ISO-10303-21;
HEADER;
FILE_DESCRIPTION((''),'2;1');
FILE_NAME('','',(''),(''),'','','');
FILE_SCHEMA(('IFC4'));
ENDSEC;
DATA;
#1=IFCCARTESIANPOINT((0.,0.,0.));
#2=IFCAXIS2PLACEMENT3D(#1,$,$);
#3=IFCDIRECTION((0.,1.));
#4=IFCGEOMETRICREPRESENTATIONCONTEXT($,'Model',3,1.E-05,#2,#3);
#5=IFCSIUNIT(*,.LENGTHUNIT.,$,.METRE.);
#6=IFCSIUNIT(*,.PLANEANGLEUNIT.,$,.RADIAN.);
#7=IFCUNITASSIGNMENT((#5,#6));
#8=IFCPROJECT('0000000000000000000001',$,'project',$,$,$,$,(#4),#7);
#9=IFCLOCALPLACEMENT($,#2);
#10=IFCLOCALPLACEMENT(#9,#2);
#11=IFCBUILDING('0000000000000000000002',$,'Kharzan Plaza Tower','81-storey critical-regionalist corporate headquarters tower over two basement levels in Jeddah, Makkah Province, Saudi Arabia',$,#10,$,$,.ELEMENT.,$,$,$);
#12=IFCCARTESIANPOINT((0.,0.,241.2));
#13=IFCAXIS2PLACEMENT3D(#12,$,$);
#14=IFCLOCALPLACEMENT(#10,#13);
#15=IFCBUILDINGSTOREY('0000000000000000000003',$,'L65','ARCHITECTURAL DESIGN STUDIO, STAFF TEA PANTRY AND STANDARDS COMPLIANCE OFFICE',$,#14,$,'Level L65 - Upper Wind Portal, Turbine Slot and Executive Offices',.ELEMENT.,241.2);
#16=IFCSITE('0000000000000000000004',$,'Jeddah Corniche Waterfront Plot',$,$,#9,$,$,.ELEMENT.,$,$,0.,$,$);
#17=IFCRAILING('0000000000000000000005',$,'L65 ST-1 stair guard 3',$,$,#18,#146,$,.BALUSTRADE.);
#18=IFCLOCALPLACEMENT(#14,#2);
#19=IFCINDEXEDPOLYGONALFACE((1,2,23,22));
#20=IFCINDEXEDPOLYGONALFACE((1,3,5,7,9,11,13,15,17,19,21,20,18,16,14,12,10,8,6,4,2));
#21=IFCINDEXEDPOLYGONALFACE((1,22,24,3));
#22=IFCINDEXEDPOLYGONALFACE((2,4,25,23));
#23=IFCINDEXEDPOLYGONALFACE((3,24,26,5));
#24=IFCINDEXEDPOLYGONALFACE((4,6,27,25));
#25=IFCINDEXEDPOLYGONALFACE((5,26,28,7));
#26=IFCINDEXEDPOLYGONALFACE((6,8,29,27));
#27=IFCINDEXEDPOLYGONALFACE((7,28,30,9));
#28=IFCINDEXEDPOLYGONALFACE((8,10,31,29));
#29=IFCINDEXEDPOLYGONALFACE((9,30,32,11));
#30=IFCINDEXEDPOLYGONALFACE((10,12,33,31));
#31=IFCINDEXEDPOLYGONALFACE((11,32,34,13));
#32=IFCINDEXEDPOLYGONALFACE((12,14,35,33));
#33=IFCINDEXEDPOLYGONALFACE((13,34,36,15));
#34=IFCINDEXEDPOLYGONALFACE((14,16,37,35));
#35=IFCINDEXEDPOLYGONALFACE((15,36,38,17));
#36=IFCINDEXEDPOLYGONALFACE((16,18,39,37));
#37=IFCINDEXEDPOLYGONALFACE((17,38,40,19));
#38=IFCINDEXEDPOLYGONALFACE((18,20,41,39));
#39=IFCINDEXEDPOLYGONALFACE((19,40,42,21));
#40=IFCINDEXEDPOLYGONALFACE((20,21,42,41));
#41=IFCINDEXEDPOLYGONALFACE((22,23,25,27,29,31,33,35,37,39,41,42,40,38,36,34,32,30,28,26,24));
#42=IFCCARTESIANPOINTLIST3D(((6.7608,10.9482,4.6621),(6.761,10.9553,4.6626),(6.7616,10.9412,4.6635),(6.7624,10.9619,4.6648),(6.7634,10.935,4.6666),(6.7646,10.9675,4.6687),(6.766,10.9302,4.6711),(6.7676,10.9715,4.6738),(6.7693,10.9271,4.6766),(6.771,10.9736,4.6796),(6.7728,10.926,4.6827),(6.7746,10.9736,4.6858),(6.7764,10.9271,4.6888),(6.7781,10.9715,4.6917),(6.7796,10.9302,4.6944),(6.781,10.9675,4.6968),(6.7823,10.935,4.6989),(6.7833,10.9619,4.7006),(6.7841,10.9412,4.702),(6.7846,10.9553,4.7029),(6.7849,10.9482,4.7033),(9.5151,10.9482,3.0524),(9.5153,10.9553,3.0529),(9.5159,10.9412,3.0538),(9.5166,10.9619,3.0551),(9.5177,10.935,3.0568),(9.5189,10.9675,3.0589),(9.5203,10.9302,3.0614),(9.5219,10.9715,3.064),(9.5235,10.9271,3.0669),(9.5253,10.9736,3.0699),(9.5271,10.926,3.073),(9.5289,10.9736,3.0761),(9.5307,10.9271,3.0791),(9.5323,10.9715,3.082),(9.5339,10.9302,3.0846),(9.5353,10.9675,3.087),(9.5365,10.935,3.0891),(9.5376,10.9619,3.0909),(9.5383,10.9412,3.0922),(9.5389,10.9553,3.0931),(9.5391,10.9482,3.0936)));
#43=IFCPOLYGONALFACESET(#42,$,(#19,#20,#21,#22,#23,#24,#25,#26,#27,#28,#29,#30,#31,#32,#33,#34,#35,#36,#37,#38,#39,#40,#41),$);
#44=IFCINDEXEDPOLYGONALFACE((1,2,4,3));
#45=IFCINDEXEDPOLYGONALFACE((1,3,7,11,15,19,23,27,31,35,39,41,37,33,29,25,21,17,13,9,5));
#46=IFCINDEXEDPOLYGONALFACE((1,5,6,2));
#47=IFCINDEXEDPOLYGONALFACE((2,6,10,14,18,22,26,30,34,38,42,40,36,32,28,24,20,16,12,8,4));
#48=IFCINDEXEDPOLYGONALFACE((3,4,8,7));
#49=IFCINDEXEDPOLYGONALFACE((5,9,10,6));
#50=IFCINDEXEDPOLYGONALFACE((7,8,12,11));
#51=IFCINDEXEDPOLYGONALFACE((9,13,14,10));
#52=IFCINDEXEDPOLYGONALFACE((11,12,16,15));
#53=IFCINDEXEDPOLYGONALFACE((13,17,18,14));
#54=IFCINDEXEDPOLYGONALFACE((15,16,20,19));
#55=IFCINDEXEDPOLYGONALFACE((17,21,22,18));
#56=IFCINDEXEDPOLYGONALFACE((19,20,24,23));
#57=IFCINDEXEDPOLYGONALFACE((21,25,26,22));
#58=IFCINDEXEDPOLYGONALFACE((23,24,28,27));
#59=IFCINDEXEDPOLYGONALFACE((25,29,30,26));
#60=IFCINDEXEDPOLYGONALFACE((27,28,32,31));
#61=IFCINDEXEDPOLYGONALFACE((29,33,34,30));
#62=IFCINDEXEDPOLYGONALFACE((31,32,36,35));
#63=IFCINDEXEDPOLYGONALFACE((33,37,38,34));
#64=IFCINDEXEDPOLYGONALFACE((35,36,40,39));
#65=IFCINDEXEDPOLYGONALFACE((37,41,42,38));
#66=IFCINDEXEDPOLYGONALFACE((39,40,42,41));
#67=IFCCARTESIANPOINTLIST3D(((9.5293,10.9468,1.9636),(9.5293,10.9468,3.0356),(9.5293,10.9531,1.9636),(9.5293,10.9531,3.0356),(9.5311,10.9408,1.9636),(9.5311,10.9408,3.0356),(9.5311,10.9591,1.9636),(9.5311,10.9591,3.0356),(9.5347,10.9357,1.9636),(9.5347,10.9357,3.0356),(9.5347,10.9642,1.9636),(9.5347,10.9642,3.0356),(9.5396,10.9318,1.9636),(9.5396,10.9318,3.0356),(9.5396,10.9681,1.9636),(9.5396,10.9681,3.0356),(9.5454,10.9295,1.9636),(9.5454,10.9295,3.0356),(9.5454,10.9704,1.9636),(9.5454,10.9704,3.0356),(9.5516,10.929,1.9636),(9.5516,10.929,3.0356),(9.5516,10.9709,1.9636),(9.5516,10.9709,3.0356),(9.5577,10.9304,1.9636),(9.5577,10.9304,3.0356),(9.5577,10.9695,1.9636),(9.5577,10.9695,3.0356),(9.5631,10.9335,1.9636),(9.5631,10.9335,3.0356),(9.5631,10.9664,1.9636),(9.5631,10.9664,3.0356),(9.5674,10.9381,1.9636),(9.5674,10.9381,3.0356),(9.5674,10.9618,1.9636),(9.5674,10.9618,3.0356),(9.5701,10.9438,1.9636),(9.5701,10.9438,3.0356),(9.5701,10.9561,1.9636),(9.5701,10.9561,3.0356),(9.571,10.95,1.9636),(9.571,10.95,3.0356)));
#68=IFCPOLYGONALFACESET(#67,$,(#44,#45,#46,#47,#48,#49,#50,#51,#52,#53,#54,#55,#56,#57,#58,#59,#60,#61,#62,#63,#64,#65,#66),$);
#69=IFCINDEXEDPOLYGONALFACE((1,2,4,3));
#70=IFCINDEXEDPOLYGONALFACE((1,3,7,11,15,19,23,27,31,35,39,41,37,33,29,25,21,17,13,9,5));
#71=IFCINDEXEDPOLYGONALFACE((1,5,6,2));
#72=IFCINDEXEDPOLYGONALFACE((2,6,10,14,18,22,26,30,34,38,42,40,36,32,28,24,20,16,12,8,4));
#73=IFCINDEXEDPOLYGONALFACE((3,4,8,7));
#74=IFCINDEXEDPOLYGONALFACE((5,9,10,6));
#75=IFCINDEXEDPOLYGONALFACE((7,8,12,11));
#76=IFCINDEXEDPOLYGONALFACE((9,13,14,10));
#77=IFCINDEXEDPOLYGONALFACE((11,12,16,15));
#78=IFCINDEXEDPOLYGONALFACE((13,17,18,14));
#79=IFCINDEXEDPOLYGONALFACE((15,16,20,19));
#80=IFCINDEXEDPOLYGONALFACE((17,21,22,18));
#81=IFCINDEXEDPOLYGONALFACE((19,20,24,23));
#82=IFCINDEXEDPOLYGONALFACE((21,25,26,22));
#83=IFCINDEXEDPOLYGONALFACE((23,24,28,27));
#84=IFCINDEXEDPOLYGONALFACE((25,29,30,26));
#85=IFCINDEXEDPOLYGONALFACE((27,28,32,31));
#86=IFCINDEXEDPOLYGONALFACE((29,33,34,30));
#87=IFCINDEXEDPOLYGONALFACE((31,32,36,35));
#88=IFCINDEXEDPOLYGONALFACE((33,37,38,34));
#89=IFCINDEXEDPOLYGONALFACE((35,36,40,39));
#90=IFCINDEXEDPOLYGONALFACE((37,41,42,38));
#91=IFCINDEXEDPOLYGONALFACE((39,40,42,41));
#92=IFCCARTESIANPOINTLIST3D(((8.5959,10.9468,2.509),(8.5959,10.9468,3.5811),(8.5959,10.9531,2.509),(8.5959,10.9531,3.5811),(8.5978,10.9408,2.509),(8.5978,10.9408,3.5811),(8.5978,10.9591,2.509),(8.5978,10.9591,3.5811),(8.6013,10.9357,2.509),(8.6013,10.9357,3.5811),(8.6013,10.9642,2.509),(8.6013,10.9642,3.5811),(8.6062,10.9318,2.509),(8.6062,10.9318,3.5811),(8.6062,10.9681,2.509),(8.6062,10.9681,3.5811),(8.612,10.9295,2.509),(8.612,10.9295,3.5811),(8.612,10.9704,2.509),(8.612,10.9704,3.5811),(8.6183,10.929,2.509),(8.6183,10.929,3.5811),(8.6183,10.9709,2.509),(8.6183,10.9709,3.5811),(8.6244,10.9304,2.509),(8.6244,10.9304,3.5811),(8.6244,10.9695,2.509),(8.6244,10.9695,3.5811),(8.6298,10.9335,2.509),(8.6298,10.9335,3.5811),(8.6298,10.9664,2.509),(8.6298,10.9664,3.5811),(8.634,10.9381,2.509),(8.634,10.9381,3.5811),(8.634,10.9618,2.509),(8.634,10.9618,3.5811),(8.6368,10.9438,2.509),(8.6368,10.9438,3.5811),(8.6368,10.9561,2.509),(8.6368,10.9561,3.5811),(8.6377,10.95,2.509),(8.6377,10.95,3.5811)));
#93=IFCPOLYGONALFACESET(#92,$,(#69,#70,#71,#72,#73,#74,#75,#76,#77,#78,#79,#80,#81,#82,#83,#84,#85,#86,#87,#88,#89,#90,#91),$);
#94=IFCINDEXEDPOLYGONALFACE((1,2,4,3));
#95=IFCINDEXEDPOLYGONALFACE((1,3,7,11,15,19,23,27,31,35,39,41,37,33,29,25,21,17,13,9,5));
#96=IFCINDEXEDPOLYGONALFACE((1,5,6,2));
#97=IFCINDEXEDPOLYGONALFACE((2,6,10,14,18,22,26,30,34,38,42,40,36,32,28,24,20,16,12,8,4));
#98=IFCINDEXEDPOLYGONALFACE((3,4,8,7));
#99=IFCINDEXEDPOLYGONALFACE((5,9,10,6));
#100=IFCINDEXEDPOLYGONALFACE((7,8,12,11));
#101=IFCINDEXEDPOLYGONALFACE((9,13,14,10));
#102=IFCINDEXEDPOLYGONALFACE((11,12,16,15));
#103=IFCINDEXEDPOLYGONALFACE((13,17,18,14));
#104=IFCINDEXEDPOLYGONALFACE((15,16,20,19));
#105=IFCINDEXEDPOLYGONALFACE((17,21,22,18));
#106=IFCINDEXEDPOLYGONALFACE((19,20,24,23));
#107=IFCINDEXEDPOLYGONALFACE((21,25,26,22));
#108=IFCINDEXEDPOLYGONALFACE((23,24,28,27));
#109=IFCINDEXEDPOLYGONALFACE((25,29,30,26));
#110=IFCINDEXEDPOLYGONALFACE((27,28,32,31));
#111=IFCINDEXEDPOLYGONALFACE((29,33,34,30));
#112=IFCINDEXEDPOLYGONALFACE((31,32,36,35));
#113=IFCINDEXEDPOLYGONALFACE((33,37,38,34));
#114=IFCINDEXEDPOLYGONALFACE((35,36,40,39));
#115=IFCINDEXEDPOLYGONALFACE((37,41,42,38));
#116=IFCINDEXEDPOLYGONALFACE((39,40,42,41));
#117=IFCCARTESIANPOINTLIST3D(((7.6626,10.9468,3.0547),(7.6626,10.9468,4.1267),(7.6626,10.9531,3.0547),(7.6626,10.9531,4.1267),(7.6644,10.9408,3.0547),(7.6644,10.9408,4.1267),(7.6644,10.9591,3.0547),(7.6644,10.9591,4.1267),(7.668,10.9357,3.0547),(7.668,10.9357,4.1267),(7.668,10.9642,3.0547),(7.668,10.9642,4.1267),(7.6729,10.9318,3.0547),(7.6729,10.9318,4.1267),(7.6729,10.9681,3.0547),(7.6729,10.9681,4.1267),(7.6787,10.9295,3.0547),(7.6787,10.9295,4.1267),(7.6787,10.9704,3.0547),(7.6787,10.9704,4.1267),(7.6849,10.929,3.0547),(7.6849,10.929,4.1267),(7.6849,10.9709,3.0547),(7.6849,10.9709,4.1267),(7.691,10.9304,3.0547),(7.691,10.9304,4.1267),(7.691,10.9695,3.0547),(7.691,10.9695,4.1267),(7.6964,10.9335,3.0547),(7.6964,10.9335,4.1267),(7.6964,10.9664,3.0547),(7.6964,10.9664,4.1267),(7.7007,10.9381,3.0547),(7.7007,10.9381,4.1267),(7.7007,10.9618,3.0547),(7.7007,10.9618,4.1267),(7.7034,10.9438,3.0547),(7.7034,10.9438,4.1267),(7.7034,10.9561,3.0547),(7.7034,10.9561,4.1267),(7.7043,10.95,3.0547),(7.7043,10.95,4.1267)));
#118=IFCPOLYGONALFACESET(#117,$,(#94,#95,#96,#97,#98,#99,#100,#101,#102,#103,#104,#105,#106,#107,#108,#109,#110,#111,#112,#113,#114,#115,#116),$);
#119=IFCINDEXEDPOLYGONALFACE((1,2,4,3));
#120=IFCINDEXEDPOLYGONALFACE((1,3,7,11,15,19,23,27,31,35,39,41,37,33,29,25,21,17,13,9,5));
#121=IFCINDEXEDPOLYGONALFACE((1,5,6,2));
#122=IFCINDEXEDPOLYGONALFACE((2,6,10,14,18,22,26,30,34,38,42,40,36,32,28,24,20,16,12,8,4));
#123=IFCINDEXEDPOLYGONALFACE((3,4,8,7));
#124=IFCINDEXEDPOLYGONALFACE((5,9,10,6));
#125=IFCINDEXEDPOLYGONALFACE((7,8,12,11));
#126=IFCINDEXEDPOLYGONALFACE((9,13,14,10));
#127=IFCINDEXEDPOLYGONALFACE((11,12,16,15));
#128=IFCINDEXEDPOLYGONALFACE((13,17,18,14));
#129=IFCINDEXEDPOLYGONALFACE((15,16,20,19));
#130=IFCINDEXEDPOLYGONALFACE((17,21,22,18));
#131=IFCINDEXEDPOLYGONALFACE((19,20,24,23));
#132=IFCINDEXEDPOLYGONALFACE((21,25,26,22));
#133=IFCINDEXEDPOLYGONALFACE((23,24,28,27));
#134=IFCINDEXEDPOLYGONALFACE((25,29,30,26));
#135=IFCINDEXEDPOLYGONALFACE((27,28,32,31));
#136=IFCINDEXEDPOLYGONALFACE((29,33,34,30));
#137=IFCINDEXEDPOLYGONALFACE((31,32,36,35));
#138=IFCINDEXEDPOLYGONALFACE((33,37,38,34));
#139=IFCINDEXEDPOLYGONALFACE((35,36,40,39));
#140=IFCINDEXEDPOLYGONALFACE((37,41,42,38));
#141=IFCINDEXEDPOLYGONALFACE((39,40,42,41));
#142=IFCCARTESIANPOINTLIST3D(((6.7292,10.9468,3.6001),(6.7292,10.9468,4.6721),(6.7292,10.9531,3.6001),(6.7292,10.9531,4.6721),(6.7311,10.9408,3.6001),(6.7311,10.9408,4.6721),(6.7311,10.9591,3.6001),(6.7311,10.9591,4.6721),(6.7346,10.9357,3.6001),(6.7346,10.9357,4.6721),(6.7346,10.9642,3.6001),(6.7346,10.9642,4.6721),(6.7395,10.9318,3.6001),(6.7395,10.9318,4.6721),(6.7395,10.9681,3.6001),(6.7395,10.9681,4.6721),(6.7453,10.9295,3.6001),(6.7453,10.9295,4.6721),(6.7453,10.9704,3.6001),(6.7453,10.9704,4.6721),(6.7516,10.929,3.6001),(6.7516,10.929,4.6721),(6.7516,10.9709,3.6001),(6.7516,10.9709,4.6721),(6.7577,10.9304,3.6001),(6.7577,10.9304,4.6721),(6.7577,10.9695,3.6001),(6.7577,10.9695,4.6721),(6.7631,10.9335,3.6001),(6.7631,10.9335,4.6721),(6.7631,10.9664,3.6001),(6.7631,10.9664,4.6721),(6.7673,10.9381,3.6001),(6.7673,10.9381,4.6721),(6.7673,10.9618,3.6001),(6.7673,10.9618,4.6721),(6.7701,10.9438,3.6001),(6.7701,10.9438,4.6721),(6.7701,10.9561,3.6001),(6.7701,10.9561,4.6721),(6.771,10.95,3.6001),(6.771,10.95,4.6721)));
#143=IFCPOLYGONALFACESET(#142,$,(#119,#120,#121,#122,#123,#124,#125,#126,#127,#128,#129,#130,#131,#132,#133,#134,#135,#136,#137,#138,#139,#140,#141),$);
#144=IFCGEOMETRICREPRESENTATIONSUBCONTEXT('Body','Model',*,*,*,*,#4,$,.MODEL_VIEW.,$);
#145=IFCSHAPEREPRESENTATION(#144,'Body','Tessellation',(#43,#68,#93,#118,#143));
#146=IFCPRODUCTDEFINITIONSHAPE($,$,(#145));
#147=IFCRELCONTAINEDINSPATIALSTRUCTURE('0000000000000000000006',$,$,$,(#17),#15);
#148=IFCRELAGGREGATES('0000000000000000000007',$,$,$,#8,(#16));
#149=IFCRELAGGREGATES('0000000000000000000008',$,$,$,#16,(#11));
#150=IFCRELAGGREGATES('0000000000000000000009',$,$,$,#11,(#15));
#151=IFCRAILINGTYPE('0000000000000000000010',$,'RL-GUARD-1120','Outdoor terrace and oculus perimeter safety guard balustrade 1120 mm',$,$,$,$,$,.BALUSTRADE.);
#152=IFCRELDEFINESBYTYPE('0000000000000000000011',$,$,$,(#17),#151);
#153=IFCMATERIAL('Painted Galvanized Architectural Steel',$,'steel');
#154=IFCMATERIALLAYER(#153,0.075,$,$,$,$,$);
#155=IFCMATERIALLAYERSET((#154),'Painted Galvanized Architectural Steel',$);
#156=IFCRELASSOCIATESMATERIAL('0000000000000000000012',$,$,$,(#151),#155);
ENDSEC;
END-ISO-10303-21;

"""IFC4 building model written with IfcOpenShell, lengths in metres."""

from ifc_helpers import new_model, si_unit, direction, frame, origin, origin_2d, place, context, subcontext, project, spatial, circle, extrude, source, transform, mapped, material, layer, layer_set, type_object, element, save


model = new_model("IFC4")

# Units and contexts
model_context = context("Model", 3, precision=1e-05, world=origin(), true_north=direction((0.0, 1.0)))
body_context = subcontext(model_context, "Body", "Model", "MODEL_VIEW")
ifc_project = project(units=[si_unit("LENGTHUNIT", "METRE"), si_unit("PLANEANGLEUNIT", "RADIAN")], contexts=[model_context])

# Site, building, storey
site_placement = place(None, origin())
site = spatial("IfcSite", under=ifc_project, at=site_placement, Name="Jeddah Corniche Waterfront Plot", CompositionType="ELEMENT", RefElevation=0.0)
building_placement = place(site_placement, origin())
building = spatial("IfcBuilding", under=site, at=building_placement, Name="Kharzan Plaza Tower", Description="81-storey critical-regionalist corporate headquarters tower over two basement levels in Jeddah, Makkah Province, Saudi Arabia", CompositionType="ELEMENT")
storey_placement = place(building_placement, frame((0.0, 0.0, 241.2)))
storey = spatial("IfcBuildingStorey", under=building, at=storey_placement, Name="L65", Description="ARCHITECTURAL DESIGN STUDIO, STAFF TEA PANTRY AND STANDARDS COMPLIANCE OFFICE", LongName="Level L65 - Upper Wind Portal, Turbine Slot and Executive Offices", CompositionType="ELEMENT", Elevation=241.2)

# Railing
ifc_material_1 = material(Name="Painted Galvanized Architectural Steel", Category="steel")
ifc_layer_1 = layer(ifc_material_1, 0.075)
ifc_layer_set_1 = layer_set([ifc_layer_1], Name="Painted Galvanized Architectural Steel")
railing_type_1 = type_object("IfcRailingType", Name="RL-GUARD-1120", Description="Outdoor terrace and oculus perimeter safety guard balustrade 1120 mm", PredefinedType="BALUSTRADE", material=ifc_layer_set_1)
shared_shape_1 = source(origin(), body_context, "Body", "SweptSolid", [
    extrude(circle(Radius=0.0239, at=origin_2d()), frame((-0.0229, 0.0, 1.1094), z_axis=(-0.863361, 0.0, 0.504587), x_axis=(0.0, -1.0, 0.0)), (0.0, 0.0, 1.0), 3.1902),
    extrude(circle(Radius=0.021, at=origin_2d()), origin(), (0.0, 0.0, 1.0), 1.072),
    extrude(circle(Radius=0.021, at=origin_2d()), frame((-0.9333, 0.0, 0.5454)), (0.0, 0.0, 1.0), 1.072),
    extrude(circle(Radius=0.021, at=origin_2d()), frame((-1.8667, 0.0, 1.0911)), (0.0, 0.0, 1.0), 1.072),
    extrude(circle(Radius=0.021, at=origin_2d()), frame((-2.8, 0.0, 1.6365)), (0.0, 0.0, 1.0), 1.072),
])
railing_1_placement = place(storey_placement, frame((9.55, 10.95, 1.9636)))
element("IfcRailing", 1, at=railing_1_placement, inside=storey, type_object=railing_type_1, Name="L65 ST-1 stair guard 3", PredefinedType="BALUSTRADE", context=body_context, shape_type="MappedRepresentation", body=[
    mapped(shared_shape_1, transform((0.0, 0.0, 0.0), x_axis=(1.0, 0.0, 0.0), y_axis=(0.0, 1.0, 0.0), z_axis=(0.0, 0.0, 1.0))),
])

save(model, "model.ifc")
